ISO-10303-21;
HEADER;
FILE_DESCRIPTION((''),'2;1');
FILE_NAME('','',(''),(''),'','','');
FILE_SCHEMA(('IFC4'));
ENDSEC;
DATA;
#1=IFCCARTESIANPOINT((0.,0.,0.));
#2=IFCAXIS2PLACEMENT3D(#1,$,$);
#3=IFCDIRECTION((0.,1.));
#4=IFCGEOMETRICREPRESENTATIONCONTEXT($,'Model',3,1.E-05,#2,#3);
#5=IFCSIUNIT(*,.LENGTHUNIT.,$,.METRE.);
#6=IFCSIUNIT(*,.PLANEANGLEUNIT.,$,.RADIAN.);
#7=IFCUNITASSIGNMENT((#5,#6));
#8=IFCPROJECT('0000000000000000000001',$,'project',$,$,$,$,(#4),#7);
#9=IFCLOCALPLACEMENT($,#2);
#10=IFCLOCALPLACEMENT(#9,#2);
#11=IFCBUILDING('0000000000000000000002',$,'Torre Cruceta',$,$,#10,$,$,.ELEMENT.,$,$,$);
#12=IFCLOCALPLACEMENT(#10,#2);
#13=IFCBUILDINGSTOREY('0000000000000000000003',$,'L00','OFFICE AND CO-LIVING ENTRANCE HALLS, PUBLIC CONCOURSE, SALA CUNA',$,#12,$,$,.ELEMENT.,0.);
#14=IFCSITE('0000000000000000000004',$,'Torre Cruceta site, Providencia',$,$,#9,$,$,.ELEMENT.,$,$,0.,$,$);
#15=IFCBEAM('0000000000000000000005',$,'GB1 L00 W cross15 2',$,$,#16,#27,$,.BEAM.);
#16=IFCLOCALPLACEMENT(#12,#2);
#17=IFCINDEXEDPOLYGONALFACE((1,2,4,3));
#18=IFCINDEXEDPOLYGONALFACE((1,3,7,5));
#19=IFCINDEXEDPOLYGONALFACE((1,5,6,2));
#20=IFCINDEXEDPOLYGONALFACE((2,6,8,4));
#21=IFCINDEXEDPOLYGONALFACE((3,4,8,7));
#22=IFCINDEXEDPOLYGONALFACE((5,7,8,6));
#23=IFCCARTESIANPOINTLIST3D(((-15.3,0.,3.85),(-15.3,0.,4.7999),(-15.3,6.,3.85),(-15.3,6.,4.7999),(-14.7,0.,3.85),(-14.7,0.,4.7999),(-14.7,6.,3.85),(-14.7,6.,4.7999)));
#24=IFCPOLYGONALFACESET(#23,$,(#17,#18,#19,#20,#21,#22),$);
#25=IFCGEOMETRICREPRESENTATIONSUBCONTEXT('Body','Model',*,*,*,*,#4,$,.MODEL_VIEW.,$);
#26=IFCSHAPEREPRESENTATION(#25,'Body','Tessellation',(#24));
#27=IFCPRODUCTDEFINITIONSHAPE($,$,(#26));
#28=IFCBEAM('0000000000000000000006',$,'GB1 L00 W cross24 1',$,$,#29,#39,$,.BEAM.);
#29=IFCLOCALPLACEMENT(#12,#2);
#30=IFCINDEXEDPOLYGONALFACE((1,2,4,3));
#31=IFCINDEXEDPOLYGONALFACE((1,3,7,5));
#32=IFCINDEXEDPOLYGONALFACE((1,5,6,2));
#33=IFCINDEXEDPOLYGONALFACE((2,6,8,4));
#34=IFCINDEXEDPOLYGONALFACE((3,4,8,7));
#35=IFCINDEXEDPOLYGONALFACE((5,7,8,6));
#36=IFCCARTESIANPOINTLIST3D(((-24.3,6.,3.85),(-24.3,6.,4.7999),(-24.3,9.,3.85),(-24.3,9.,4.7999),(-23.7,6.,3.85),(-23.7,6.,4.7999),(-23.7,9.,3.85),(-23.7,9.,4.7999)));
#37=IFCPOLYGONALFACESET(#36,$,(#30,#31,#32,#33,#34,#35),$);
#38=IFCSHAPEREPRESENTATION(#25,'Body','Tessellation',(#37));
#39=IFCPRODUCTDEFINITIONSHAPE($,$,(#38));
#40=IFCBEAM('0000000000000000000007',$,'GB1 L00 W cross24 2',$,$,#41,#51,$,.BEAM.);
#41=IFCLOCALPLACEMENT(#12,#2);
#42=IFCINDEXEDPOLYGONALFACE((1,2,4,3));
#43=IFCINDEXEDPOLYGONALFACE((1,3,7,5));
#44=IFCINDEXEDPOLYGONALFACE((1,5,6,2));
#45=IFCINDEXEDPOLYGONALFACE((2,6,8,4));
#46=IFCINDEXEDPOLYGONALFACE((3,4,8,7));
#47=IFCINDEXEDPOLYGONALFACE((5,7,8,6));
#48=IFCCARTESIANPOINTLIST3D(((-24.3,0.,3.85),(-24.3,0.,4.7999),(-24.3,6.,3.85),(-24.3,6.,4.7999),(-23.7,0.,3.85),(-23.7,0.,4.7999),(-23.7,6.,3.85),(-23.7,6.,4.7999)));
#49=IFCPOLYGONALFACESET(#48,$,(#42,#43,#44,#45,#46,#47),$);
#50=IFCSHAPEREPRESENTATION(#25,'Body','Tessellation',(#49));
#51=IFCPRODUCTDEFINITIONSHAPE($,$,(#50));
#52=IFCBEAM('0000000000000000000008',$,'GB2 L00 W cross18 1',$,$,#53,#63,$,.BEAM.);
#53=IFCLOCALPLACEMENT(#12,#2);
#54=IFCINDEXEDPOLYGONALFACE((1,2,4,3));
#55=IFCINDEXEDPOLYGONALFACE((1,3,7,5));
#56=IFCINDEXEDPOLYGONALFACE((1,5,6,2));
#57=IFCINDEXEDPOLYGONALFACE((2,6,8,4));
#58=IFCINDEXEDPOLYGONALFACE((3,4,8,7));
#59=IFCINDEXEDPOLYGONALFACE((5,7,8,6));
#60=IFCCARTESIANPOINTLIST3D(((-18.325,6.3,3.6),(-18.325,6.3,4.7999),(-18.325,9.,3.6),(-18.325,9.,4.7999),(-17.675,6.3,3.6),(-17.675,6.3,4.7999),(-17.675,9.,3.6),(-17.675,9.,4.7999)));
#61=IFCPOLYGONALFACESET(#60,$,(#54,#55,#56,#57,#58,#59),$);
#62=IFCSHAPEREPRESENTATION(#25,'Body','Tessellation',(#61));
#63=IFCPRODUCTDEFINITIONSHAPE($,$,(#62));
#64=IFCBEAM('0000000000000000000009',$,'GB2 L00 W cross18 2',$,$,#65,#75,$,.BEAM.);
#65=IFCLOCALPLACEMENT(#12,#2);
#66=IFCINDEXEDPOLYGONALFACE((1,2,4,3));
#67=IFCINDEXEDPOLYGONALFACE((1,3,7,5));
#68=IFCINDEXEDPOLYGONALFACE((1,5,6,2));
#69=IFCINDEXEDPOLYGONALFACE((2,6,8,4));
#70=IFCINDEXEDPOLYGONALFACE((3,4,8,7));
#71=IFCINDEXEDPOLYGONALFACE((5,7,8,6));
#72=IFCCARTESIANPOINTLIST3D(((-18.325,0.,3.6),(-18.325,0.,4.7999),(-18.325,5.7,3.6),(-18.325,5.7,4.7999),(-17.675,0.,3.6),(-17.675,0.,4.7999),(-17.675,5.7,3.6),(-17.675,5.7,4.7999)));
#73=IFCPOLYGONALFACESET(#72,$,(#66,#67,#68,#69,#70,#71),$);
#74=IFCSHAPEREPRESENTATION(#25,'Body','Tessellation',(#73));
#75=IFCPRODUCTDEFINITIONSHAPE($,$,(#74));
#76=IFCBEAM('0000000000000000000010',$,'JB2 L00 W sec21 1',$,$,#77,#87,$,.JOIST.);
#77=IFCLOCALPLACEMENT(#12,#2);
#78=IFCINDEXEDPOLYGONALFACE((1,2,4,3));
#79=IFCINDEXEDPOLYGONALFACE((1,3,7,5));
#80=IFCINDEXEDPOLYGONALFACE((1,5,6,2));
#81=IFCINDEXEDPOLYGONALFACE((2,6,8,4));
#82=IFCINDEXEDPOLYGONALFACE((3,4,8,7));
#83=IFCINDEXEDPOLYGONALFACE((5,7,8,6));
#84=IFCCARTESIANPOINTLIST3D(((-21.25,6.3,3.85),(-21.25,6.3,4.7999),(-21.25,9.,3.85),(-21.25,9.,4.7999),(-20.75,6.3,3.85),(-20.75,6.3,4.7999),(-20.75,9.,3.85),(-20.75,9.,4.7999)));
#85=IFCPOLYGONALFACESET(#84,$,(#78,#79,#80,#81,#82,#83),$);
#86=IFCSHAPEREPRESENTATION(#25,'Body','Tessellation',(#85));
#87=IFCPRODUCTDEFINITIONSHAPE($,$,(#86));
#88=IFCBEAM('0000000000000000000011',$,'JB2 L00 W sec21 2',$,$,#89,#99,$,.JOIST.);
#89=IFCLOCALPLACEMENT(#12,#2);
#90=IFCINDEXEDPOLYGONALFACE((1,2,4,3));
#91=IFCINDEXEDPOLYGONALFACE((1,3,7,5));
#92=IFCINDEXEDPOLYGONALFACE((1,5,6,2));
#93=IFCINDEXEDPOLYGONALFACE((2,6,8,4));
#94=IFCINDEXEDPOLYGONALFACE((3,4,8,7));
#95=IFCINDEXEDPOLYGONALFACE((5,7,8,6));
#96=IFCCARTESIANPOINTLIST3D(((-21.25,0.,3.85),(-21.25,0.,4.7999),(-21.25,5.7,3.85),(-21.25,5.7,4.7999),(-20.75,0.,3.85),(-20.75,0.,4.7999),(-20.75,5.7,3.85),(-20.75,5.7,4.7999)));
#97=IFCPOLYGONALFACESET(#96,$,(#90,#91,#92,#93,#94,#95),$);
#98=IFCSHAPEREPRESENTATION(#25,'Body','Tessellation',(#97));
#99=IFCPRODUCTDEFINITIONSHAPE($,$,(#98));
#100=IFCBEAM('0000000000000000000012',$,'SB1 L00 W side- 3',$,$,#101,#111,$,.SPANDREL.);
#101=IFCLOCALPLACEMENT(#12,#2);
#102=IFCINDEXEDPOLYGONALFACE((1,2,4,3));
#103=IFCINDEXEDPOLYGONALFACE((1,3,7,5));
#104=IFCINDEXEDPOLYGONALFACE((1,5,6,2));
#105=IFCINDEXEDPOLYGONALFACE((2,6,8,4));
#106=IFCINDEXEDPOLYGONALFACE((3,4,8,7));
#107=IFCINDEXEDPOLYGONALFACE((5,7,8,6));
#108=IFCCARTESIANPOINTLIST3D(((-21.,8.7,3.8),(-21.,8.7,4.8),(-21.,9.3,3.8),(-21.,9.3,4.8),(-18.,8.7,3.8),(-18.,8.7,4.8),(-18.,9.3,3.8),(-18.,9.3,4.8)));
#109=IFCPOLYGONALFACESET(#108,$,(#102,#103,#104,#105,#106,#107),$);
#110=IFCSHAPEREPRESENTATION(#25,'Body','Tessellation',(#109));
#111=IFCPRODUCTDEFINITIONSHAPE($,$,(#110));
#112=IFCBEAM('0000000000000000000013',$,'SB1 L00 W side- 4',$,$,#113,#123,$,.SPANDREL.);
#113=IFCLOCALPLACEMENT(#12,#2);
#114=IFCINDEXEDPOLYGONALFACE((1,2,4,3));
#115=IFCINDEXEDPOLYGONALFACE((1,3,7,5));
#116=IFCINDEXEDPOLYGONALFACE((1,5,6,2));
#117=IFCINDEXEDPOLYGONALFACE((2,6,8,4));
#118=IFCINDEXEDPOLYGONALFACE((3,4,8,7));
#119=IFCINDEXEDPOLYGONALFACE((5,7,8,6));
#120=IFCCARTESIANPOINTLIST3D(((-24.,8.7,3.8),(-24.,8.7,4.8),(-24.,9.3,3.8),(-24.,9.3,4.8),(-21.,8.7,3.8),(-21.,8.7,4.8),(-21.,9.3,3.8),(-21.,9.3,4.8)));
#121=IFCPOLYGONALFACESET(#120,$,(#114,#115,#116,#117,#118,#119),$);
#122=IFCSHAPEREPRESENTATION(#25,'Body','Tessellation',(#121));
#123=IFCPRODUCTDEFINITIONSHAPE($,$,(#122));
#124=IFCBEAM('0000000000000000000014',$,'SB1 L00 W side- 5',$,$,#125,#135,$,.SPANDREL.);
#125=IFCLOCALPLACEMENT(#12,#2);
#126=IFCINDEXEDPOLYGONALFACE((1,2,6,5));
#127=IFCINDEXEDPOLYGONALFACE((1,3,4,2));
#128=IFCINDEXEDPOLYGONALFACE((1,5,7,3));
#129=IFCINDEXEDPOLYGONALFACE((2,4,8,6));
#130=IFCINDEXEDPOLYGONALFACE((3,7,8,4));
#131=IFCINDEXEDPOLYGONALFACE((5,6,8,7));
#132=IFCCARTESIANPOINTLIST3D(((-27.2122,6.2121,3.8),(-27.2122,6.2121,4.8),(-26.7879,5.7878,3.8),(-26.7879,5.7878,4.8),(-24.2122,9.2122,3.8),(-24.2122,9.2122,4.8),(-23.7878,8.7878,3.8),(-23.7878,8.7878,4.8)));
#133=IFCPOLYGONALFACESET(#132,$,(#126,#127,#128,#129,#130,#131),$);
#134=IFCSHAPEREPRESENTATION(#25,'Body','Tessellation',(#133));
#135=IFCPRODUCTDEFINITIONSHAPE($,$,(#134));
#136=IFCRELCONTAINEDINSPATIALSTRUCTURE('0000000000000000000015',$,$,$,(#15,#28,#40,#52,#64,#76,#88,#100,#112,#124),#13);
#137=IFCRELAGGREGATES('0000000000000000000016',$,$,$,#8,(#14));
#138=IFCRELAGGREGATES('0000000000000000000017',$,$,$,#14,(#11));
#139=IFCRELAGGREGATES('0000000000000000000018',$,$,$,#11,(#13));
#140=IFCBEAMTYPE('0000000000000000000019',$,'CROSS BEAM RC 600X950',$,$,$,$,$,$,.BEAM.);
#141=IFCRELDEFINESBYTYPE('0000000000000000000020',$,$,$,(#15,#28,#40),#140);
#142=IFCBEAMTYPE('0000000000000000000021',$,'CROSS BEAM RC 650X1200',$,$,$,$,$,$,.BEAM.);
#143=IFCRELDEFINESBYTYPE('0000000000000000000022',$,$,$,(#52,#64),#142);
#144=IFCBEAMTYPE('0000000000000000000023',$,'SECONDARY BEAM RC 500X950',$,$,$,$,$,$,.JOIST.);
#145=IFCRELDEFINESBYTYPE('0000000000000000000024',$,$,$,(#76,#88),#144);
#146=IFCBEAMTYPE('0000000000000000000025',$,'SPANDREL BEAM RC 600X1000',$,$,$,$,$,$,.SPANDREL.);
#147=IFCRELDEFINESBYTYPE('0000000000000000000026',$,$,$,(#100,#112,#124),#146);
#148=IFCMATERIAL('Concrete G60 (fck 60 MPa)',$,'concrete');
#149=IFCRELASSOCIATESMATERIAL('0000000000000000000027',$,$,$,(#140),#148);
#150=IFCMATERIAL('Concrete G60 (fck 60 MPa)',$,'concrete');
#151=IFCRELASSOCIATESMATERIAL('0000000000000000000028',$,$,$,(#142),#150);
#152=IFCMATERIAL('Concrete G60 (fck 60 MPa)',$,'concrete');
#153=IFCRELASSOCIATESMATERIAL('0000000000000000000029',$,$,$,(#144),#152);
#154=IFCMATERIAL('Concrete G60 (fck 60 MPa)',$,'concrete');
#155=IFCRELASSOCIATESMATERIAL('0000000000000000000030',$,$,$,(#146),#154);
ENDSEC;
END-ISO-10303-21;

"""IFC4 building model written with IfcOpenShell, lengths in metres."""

from ifc_helpers import new_model, si_unit, direction, frame, origin, origin_2d, place, context, subcontext, project, spatial, rectangle, extrude, material, material_profile, profile_set, type_object, element, save


model = new_model("IFC4")

# Units and contexts
model_context = context("Model", 3, precision=1e-05, world=origin(), true_north=direction((0.0, 1.0)))
body_context = subcontext(model_context, "Body", "Model", "MODEL_VIEW")
ifc_project = project(units=[si_unit("LENGTHUNIT", "METRE"), si_unit("PLANEANGLEUNIT", "RADIAN")], contexts=[model_context])

# Site, building, storey
site_placement = place(None, origin())
site = spatial("IfcSite", under=ifc_project, at=site_placement, Name="Torre Cruceta site, Providencia", CompositionType="ELEMENT", RefElevation=0.0)
building_placement = place(site_placement, origin())
building = spatial("IfcBuilding", under=site, at=building_placement, Name="Torre Cruceta", CompositionType="ELEMENT")
storey_placement = place(building_placement, origin())
storey = spatial("IfcBuildingStorey", under=building, at=storey_placement, Name="L00", Description="OFFICE AND CO-LIVING ENTRANCE HALLS, PUBLIC CONCOURSE, SALA CUNA", CompositionType="ELEMENT", Elevation=0.0)

# Beams
ifc_material_1 = material(Name="Concrete G60 (fck 60 MPa)", Category="concrete")
ifc_material_profile_1 = material_profile(ifc_material_1, rectangle(XDim=0.6001, YDim=0.95, at=origin_2d()), Name="RC 600X950")
ifc_profile_set_1 = profile_set([ifc_material_profile_1], Name="Concrete G60 (fck 60 MPa)")
beam_type_1 = type_object("IfcBeamType", Name="CROSS BEAM RC 600X950", PredefinedType="BEAM", material=ifc_profile_set_1)
beam_1_placement = place(storey_placement, frame((-15.0, 6.0, 4.325), z_axis=(0.0, -1.0, 0.0), x_axis=(1.0, 0.0, 0.0)))
element("IfcBeam", 1, at=beam_1_placement, inside=storey, type_object=beam_type_1, Name="GB1 L00 W cross15 2", PredefinedType="BEAM", context=body_context, shape_type="SweptSolid", body=[
    extrude(rectangle(XDim=0.6001, YDim=0.95, at=origin_2d()), origin(), (0.0, 0.0, 1.0), 6.0),
])
beam_2_placement = place(storey_placement, frame((-24.0, 9.0, 4.325), z_axis=(0.0, -1.0, 0.0), x_axis=(1.0, 0.0, 0.0)))
element("IfcBeam", 2, at=beam_2_placement, inside=storey, type_object=beam_type_1, Name="GB1 L00 W cross24 1", PredefinedType="BEAM", context=body_context, shape_type="SweptSolid", body=[
    extrude(rectangle(XDim=0.6001, YDim=0.95, at=origin_2d()), origin(), (0.0, 0.0, 1.0), 3.0),
])
beam_3_placement = place(storey_placement, frame((-24.0, 6.0, 4.325), z_axis=(0.0, -1.0, 0.0), x_axis=(1.0, 0.0, 0.0)))
element("IfcBeam", 3, at=beam_3_placement, inside=storey, type_object=beam_type_1, Name="GB1 L00 W cross24 2", PredefinedType="BEAM", context=body_context, shape_type="SweptSolid", body=[
    extrude(rectangle(XDim=0.6001, YDim=0.95, at=origin_2d()), origin(), (0.0, 0.0, 1.0), 6.0),
])
ifc_material_2 = material(Name="Concrete G60 (fck 60 MPa)", Category="concrete")
ifc_material_profile_2 = material_profile(ifc_material_2, rectangle(XDim=0.6499, YDim=1.2, at=origin_2d()), Name="RC 650X1200")
ifc_profile_set_2 = profile_set([ifc_material_profile_2], Name="Concrete G60 (fck 60 MPa)")
beam_type_2 = type_object("IfcBeamType", Name="CROSS BEAM RC 650X1200", PredefinedType="BEAM", material=ifc_profile_set_2)
beam_4_placement = place(storey_placement, frame((-18.0, 9.0, 4.2), z_axis=(0.0, -1.0, 0.0), x_axis=(1.0, 0.0, 0.0)))
element("IfcBeam", 4, at=beam_4_placement, inside=storey, type_object=beam_type_2, Name="GB2 L00 W cross18 1", PredefinedType="BEAM", context=body_context, shape_type="SweptSolid", body=[
    extrude(rectangle(XDim=0.6499, YDim=1.2, at=origin_2d()), origin(), (0.0, 0.0, 1.0), 2.7),
])
beam_5_placement = place(storey_placement, frame((-18.0, 5.7, 4.2), z_axis=(0.0, -1.0, 0.0), x_axis=(1.0, 0.0, 0.0)))
element("IfcBeam", 5, at=beam_5_placement, inside=storey, type_object=beam_type_2, Name="GB2 L00 W cross18 2", PredefinedType="BEAM", context=body_context, shape_type="SweptSolid", body=[
    extrude(rectangle(XDim=0.6499, YDim=1.2, at=origin_2d()), origin(), (0.0, 0.0, 1.0), 5.7),
])
ifc_material_3 = material(Name="Concrete G60 (fck 60 MPa)", Category="concrete")
ifc_material_profile_3 = material_profile(ifc_material_3, rectangle(XDim=0.5, YDim=0.95, at=origin_2d()), Name="RC 500X950")
ifc_profile_set_3 = profile_set([ifc_material_profile_3], Name="Concrete G60 (fck 60 MPa)")
beam_type_3 = type_object("IfcBeamType", Name="SECONDARY BEAM RC 500X950", PredefinedType="JOIST", material=ifc_profile_set_3)
beam_6_placement = place(storey_placement, frame((-21.0, 9.0, 4.325), z_axis=(0.0, -1.0, 0.0), x_axis=(1.0, 0.0, 0.0)))
element("IfcBeam", 6, at=beam_6_placement, inside=storey, type_object=beam_type_3, Name="JB2 L00 W sec21 1", PredefinedType="JOIST", context=body_context, shape_type="SweptSolid", body=[
    extrude(rectangle(XDim=0.5, YDim=0.95, at=origin_2d()), origin(), (0.0, 0.0, 1.0), 2.7),
])
beam_7_placement = place(storey_placement, frame((-21.0, 5.7, 4.325), z_axis=(0.0, -1.0, 0.0), x_axis=(1.0, 0.0, 0.0)))
element("IfcBeam", 7, at=beam_7_placement, inside=storey, type_object=beam_type_3, Name="JB2 L00 W sec21 2", PredefinedType="JOIST", context=body_context, shape_type="SweptSolid", body=[
    extrude(rectangle(XDim=0.5, YDim=0.95, at=origin_2d()), origin(), (0.0, 0.0, 1.0), 5.7),
])
ifc_material_4 = material(Name="Concrete G60 (fck 60 MPa)", Category="concrete")
ifc_material_profile_4 = material_profile(ifc_material_4, rectangle(XDim=0.6001, YDim=1.0, at=origin_2d()), Name="RC 600X1000")
ifc_profile_set_4 = profile_set([ifc_material_profile_4], Name="Concrete G60 (fck 60 MPa)")
beam_type_4 = type_object("IfcBeamType", Name="SPANDREL BEAM RC 600X1000", PredefinedType="SPANDREL", material=ifc_profile_set_4)
for number, where, z_axis, x_axis, name in (
    (8, (-18.0, 9.0, 4.3), (-1.0, 0.0, 0.0), (0.0, -1.0, 0.0), "SB1 L00 W side- 3"),
    (9, (-21.0, 9.0, 4.3), (-1.0, 0.0, 0.0), (0.0, -1.0, 0.0), "SB1 L00 W side- 4"),
):
    element("IfcBeam", number, at=place(storey_placement, frame(where, z_axis=z_axis, x_axis=x_axis)), inside=storey, type_object=beam_type_4, Name=name, PredefinedType="SPANDREL", context=body_context, shape_type="SweptSolid", body=[
        extrude(rectangle(XDim=0.6001, YDim=1.0, at=origin_2d()), origin(), (0.0, 0.0, 1.0), 3.0),
    ])
beam_8_placement = place(storey_placement, frame((-24.0, 9.0, 4.3), z_axis=(-0.707107, -0.707107, 0.0), x_axis=(0.707107, -0.707107, 0.0)))
element("IfcBeam", 10, at=beam_8_placement, inside=storey, type_object=beam_type_4, Name="SB1 L00 W side- 5", PredefinedType="SPANDREL", context=body_context, shape_type="SweptSolid", body=[
    extrude(rectangle(XDim=0.6001, YDim=1.0, at=origin_2d()), origin(), (0.0, 0.0, 1.0), 4.2427),
])

save(model, "model.ifc")
